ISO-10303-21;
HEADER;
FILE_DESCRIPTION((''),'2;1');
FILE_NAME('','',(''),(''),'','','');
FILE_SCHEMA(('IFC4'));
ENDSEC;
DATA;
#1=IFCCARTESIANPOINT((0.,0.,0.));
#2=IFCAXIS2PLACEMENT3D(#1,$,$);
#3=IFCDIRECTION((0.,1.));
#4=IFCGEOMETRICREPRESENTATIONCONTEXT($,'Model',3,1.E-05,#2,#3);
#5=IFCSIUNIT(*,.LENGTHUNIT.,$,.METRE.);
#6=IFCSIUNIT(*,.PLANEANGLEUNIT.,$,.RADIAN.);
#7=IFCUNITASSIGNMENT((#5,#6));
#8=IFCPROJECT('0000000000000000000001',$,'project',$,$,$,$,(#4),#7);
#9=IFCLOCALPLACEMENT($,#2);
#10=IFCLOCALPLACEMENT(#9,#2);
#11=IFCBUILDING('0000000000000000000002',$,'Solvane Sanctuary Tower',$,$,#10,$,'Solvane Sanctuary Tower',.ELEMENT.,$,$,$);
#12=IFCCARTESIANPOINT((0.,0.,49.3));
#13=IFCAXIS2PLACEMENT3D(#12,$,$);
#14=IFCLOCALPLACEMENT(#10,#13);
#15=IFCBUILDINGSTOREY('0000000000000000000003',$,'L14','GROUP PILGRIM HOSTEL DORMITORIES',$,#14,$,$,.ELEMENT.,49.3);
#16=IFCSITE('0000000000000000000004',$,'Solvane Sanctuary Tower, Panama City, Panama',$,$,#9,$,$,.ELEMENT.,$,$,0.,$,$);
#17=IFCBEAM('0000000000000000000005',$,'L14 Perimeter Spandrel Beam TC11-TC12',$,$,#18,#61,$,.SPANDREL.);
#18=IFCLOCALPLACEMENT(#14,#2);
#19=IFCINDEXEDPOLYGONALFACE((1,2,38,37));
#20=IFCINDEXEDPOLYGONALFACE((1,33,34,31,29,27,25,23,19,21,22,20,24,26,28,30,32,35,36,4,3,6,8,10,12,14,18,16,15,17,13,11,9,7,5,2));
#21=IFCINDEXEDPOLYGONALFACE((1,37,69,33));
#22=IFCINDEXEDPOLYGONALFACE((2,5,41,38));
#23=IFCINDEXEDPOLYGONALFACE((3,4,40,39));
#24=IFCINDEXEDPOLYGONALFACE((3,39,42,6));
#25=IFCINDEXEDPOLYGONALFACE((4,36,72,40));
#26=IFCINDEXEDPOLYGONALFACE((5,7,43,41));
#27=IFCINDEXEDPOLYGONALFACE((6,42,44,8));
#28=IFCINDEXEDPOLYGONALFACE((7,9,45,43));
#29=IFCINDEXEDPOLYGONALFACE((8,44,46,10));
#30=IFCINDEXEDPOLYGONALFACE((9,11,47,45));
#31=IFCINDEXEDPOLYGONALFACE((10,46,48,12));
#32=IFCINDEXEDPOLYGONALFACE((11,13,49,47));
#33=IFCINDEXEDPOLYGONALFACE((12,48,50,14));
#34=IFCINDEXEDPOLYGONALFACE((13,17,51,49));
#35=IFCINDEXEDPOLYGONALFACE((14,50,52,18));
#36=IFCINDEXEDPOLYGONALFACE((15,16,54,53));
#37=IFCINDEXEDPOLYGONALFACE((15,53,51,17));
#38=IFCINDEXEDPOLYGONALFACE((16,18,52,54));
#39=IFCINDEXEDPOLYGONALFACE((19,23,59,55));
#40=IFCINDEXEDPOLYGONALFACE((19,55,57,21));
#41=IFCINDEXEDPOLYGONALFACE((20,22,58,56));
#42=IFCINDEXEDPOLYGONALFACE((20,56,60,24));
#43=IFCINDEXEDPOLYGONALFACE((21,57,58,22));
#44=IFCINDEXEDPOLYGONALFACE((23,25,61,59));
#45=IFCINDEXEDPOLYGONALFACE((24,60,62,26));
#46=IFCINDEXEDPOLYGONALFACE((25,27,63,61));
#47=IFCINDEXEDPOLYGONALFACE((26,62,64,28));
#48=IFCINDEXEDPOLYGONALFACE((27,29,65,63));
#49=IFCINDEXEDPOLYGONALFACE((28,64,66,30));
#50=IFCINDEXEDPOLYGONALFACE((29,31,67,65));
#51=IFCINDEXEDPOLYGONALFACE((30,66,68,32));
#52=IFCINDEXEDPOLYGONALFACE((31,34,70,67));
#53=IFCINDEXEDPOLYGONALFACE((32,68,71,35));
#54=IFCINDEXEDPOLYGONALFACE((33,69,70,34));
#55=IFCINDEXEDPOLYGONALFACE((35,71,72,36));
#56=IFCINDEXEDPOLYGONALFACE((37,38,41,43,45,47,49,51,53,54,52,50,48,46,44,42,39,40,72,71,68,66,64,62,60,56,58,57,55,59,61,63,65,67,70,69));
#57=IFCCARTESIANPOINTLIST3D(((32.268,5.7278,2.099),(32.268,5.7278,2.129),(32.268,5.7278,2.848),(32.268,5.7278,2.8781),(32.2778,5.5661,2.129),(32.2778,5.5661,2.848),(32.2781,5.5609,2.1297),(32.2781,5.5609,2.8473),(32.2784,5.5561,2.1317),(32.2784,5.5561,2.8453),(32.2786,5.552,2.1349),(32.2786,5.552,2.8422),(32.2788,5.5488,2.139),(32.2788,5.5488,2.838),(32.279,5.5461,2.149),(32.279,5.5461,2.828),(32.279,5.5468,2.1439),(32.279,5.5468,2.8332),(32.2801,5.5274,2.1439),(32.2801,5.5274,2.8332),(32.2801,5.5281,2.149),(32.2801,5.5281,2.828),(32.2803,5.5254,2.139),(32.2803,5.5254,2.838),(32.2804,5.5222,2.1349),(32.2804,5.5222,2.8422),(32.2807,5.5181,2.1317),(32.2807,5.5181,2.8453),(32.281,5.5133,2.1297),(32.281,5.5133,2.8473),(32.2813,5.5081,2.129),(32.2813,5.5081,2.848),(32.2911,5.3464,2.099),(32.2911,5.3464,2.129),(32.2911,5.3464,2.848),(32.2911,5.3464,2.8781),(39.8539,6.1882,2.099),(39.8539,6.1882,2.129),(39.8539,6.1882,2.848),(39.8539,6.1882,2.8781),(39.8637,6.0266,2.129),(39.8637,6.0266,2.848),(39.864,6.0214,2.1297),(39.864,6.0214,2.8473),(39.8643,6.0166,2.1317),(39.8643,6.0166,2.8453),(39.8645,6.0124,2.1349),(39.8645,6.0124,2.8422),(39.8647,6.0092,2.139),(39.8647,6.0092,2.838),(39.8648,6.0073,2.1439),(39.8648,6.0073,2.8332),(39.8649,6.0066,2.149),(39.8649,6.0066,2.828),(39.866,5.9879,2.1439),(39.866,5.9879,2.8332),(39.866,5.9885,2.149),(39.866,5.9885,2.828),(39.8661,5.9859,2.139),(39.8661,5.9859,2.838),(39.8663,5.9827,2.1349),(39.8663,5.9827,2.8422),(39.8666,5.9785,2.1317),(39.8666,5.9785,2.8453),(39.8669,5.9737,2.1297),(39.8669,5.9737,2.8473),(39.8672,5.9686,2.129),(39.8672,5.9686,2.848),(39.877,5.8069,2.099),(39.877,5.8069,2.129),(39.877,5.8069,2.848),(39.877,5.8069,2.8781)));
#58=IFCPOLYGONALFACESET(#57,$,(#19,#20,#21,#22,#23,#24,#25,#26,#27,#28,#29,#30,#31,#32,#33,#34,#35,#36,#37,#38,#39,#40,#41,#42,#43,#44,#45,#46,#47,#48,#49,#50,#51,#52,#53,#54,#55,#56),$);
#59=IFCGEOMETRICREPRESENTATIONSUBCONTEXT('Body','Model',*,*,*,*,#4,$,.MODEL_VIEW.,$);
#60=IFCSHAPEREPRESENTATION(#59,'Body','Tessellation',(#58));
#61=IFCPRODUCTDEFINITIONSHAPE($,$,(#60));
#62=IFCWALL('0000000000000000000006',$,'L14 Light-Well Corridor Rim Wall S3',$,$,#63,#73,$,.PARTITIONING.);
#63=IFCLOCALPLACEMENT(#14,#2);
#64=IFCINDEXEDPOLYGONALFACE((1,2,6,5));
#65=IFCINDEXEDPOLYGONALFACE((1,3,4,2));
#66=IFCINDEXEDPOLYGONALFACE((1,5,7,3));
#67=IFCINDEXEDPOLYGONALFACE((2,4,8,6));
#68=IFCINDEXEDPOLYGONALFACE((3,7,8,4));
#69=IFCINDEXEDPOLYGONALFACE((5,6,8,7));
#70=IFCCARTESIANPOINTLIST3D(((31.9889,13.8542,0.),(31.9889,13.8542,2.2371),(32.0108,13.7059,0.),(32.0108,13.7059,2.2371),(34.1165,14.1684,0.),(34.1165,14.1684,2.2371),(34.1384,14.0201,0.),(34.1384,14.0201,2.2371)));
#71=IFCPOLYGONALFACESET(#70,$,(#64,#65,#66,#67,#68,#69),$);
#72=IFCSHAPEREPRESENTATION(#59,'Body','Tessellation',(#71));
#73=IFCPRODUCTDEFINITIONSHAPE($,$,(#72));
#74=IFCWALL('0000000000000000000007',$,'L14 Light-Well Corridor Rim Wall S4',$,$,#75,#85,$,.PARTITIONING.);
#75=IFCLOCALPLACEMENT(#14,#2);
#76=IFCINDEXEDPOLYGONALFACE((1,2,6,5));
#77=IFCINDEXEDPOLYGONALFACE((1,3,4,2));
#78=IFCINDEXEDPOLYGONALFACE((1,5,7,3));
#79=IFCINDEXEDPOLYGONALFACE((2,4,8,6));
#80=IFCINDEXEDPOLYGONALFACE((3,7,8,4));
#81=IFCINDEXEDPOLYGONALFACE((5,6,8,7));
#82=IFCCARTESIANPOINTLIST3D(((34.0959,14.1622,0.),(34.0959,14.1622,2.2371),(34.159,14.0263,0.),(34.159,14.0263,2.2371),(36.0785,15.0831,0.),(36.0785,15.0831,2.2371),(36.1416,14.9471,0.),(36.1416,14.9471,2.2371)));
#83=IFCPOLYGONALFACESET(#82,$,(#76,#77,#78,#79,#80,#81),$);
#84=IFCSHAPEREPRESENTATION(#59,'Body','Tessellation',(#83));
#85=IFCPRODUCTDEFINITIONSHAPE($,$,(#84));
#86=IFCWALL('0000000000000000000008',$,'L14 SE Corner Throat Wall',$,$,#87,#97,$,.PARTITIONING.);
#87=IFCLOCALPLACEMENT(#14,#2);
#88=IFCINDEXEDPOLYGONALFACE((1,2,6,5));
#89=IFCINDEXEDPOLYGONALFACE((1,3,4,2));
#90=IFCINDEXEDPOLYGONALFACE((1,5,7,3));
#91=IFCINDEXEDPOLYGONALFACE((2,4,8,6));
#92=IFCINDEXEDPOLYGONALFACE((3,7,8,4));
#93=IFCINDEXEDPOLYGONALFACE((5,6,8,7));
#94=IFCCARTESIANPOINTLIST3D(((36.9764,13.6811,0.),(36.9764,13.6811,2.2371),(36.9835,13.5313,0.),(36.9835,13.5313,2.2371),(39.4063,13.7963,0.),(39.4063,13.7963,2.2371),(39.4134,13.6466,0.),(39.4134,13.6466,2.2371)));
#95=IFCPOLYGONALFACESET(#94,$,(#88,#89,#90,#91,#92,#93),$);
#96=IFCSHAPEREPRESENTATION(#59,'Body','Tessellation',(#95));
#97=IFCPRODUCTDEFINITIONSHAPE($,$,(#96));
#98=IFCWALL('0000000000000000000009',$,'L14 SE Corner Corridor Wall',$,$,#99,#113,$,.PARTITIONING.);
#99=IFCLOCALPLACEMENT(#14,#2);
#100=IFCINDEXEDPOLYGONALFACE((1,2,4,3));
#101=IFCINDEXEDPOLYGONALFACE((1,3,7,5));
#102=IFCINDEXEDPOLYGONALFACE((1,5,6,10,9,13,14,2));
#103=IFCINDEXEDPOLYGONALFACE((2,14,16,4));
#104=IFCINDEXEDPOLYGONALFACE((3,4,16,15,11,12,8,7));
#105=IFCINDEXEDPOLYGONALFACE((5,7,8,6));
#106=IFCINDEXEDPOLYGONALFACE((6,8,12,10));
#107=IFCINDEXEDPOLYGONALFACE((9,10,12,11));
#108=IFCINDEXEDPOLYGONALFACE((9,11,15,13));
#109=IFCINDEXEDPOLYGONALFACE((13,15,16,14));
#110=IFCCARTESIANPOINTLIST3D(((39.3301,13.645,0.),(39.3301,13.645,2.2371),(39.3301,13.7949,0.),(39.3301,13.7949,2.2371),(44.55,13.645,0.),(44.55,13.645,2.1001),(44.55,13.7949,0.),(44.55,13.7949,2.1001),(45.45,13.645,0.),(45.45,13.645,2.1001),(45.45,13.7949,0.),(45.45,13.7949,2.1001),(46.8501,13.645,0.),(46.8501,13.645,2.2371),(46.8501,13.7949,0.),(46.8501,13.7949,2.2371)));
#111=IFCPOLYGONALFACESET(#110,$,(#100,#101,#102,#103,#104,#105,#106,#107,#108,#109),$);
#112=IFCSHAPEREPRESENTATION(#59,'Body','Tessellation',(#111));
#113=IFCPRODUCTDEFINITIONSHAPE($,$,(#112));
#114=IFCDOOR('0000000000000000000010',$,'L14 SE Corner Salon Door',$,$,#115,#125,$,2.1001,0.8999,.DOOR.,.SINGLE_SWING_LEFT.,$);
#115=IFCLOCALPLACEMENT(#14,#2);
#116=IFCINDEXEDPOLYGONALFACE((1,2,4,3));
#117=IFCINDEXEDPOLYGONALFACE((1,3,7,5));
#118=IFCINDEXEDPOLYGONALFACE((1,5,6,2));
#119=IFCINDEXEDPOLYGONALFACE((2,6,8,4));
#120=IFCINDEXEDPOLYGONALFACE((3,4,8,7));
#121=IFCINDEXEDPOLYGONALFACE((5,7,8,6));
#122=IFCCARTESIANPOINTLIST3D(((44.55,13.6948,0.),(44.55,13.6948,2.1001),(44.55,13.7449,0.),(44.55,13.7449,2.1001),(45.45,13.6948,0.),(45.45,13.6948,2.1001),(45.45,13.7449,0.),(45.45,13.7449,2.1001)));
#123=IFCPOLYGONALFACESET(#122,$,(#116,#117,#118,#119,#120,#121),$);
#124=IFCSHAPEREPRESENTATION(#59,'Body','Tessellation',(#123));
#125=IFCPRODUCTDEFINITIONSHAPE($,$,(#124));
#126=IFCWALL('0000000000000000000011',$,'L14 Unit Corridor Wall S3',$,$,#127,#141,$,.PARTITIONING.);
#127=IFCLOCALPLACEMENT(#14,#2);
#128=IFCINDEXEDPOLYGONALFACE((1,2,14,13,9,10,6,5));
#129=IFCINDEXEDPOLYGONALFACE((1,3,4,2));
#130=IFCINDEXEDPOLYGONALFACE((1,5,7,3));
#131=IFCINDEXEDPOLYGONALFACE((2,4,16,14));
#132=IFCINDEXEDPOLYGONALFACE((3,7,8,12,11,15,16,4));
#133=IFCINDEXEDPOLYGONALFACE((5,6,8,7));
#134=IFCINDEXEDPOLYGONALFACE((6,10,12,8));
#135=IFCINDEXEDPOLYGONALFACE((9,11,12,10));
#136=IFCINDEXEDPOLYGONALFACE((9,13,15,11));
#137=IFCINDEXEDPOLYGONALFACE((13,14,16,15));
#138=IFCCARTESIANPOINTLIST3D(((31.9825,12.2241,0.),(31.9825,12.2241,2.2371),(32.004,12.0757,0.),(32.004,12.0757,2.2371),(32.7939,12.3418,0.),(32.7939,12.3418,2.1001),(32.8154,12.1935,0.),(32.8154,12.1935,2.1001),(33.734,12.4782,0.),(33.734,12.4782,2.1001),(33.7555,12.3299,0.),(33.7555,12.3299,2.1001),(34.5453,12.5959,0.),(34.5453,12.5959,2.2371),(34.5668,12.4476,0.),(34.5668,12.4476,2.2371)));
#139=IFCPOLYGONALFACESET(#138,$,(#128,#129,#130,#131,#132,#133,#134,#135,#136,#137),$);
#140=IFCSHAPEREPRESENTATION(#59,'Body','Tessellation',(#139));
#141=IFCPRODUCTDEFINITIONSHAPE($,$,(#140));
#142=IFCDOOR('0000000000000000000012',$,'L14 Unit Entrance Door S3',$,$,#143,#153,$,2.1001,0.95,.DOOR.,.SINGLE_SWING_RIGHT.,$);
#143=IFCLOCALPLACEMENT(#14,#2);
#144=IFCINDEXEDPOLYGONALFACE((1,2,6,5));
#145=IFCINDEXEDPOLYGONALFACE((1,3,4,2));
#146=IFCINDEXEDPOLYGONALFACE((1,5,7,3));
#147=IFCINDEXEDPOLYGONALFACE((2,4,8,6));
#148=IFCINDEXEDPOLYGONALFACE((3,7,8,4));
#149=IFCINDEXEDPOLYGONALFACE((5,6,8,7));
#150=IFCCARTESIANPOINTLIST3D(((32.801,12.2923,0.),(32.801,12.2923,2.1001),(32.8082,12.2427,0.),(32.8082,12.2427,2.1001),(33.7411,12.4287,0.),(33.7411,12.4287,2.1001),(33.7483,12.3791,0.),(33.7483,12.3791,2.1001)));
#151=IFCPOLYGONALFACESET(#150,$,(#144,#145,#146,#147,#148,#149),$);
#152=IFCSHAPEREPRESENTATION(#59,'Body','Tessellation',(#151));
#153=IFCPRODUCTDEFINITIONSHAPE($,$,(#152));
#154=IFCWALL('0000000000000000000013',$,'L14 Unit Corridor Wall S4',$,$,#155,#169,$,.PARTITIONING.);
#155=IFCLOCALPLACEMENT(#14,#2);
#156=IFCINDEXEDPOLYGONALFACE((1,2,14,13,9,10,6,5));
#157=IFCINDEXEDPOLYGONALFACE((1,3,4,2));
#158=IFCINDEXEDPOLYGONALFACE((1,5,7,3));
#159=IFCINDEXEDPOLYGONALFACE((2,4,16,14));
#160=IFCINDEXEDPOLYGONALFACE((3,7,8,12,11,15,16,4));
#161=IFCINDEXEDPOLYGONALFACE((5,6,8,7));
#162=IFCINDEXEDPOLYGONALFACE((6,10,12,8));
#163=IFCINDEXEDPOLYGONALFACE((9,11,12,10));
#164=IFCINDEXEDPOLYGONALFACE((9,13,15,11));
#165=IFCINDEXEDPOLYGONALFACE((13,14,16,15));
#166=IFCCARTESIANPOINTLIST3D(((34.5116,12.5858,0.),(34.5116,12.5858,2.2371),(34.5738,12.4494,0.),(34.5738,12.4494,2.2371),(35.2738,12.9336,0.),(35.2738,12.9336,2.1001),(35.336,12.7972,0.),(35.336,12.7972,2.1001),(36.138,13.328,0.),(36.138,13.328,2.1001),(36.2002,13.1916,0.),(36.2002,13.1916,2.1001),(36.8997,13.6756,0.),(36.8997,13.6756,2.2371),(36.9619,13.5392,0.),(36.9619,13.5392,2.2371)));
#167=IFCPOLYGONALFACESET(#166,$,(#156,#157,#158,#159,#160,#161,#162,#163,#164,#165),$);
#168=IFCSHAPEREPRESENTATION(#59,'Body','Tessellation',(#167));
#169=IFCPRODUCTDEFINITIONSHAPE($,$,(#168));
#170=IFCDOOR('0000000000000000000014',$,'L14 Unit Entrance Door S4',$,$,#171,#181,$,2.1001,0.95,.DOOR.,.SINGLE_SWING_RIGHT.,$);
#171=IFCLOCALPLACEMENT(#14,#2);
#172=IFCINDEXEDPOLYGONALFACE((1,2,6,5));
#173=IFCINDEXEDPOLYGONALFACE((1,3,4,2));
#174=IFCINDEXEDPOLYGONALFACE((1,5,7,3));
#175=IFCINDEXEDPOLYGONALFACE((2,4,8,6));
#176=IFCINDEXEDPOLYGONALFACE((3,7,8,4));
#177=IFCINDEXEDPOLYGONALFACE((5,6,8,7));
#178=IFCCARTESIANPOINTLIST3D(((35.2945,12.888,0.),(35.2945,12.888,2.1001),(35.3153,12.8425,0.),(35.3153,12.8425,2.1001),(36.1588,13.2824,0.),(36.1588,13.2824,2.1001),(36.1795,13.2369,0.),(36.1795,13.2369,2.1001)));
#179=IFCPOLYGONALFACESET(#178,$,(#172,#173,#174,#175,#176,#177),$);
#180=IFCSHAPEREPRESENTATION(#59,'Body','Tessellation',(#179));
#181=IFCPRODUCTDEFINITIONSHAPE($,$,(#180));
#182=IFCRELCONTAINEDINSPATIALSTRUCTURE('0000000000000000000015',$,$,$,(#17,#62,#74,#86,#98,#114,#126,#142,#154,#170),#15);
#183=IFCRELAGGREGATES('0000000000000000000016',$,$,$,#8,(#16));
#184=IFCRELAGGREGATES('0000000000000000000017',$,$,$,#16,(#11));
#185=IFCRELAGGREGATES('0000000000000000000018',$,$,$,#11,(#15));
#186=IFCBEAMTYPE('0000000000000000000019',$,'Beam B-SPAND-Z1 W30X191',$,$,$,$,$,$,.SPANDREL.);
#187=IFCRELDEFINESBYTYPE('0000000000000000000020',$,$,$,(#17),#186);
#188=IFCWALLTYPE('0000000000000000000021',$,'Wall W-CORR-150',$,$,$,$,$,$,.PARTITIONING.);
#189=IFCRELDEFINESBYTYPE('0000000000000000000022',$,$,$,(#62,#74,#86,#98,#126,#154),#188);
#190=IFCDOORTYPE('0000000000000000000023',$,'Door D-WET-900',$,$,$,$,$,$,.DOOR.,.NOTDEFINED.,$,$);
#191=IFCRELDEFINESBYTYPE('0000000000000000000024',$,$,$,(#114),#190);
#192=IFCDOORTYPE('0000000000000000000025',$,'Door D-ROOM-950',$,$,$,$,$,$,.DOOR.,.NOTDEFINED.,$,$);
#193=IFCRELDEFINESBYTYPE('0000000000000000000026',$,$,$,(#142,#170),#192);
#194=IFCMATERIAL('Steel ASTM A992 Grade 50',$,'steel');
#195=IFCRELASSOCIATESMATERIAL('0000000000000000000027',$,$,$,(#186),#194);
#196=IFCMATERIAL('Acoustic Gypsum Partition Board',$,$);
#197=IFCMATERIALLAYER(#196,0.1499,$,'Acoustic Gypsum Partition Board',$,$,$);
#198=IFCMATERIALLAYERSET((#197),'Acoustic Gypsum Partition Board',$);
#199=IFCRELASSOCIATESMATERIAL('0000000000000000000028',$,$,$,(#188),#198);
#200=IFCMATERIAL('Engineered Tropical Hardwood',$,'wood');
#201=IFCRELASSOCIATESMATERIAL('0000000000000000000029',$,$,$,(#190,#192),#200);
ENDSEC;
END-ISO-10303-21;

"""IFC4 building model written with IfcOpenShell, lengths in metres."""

from ifc_helpers import new_model, si_unit, direction, frame, frame_2d, origin, origin_2d, place, context, subcontext, project, spatial, rectangle, i_section, extrude, material, layer, layer_set, material_profile, profile_set, type_object, element, fill, save


model = new_model("IFC4")

# Units and contexts
model_context = context("Model", 3, precision=1e-05, world=origin(), true_north=direction((0.0, 1.0)))
body_context = subcontext(model_context, "Body", "Model", "MODEL_VIEW")
ifc_project = project(units=[si_unit("LENGTHUNIT", "METRE"), si_unit("PLANEANGLEUNIT", "RADIAN")], contexts=[model_context])

# Site, building, storey
site_placement = place(None, origin())
site = spatial("IfcSite", under=ifc_project, at=site_placement, Name="Solvane Sanctuary Tower, Panama City, Panama", CompositionType="ELEMENT", RefElevation=0.0)
building_placement = place(site_placement, origin())
building = spatial("IfcBuilding", under=site, at=building_placement, Name="Solvane Sanctuary Tower", LongName="Solvane Sanctuary Tower", CompositionType="ELEMENT")
storey_placement = place(building_placement, frame((0.0, 0.0, 49.3)))
storey = spatial("IfcBuildingStorey", under=building, at=storey_placement, Name="L14", Description="GROUP PILGRIM HOSTEL DORMITORIES", CompositionType="ELEMENT", Elevation=49.3)

# Beam
ifc_material_1 = material(Name="Steel ASTM A992 Grade 50", Category="steel")
ifc_material_profile_1 = material_profile(ifc_material_1, i_section(OverallWidth=0.3821, OverallDepth=0.7791, WebThickness=0.0181, FlangeThickness=0.03, FilletRadius=0.02, at=origin_2d()), Name="W30X191")
ifc_profile_set_1 = profile_set([ifc_material_profile_1], Name="Steel ASTM A992 Grade 50")
beam_type_1 = type_object("IfcBeamType", Name="Beam B-SPAND-Z1 W30X191", PredefinedType="SPANDREL", material=ifc_profile_set_1)
beam_1_placement = place(storey_placement, frame((32.2795, 5.5371, 2.4885), z_axis=(0.998163, 0.060586, 0.0), x_axis=(-0.060586, 0.998163, 0.0)))
element("IfcBeam", 1, at=beam_1_placement, inside=storey, type_object=beam_type_1, Name="L14 Perimeter Spandrel Beam TC11-TC12", PredefinedType="SPANDREL", context=body_context, shape_type="SweptSolid", body=[
    extrude(i_section(OverallWidth=0.3821, OverallDepth=0.7791, WebThickness=0.0181, FlangeThickness=0.03, FilletRadius=0.02, at=origin_2d()), origin(), (0.0, 0.0, 1.0), 7.5999),
])

# Walls
ifc_material_2 = material(Name="Acoustic Gypsum Partition Board")
ifc_layer_1 = layer(ifc_material_2, 0.1499, Name="Acoustic Gypsum Partition Board")
ifc_layer_set_1 = layer_set([ifc_layer_1], Name="Acoustic Gypsum Partition Board")
wall_type_1 = type_object("IfcWallType", Name="Wall W-CORR-150", PredefinedType="PARTITIONING", material=ifc_layer_set_1)
wall_1_placement = place(storey_placement, frame((32.0, 13.78, 0.0), z_axis=(0.0, 0.0, 1.0), x_axis=(0.989269, 0.146108, 0.0)))
element("IfcWall", 2, at=wall_1_placement, inside=storey, type_object=wall_type_1, Name="L14 Light-Well Corridor Rim Wall S3", PredefinedType="PARTITIONING", context=body_context, shape_type="SweptSolid", body=[
    extrude(rectangle(XDim=2.1506, YDim=0.1499, at=frame_2d((1.0752, 0.0))), origin(), (0.0, 0.0, 1.0), 2.2371),
])
wall_2_placement = place(storey_placement, frame((34.1274, 14.0942, 0.0), z_axis=(0.0, 0.0, 1.0), x_axis=(0.906943, 0.421252, 0.0)))
element("IfcWall", 3, at=wall_2_placement, inside=storey, type_object=wall_type_1, Name="L14 Light-Well Corridor Rim Wall S4", PredefinedType="PARTITIONING", context=body_context, shape_type="SweptSolid", body=[
    extrude(rectangle(XDim=2.186, YDim=0.1499, at=frame_2d((1.093, 0.0))), origin(), (0.0, 0.0, 1.0), 2.2371),
])
wall_3_placement = place(storey_placement, frame((36.98, 13.6062, 0.0), z_axis=(0.0, 0.0, 1.0), x_axis=(0.998877, 0.04737, 0.0)))
element("IfcWall", 4, at=wall_3_placement, inside=storey, type_object=wall_type_1, Name="L14 SE Corner Throat Wall", PredefinedType="PARTITIONING", context=body_context, shape_type="SweptSolid", body=[
    extrude(rectangle(XDim=2.4326, YDim=0.1499, at=frame_2d((1.2163, 0.0))), origin(), (0.0, 0.0, 1.0), 2.2371),
])

# Walls, openings, doors
wall_4_placement = place(storey_placement, frame((39.3301, 13.72, 0.0), z_axis=(0.0, 0.0, 1.0), x_axis=(1.0, 0.0, 0.0)))
wall_4 = element("IfcWall", 5, at=wall_4_placement, inside=storey, type_object=wall_type_1, Name="L14 SE Corner Corridor Wall", PredefinedType="PARTITIONING", context=body_context, shape_type="SweptSolid", body=[
    extrude(rectangle(XDim=7.52, YDim=0.1499, at=frame_2d((3.76, 0.0))), origin(), (0.0, 0.0, 1.0), 2.2371),
])
opening_1_placement = place(wall_4_placement, frame((5.22, 0.0, 0.0)))
opening_1 = element("IfcOpeningElement", 6, at=opening_1_placement, cuts=wall_4, PredefinedType="OPENING", context=body_context, shape_type="SweptSolid", body=[
    extrude(rectangle(XDim=0.8999, YDim=2.1001, at=frame_2d((0.45, 1.05))), frame((0.0, 0.085, 0.0), z_axis=(0.0, -1.0, 0.0), x_axis=(1.0, 0.0, 0.0)), (0.0, 0.0, 1.0), 0.1699),
])
ifc_material_3 = material(Name="Engineered Tropical Hardwood", Category="wood")
door_type_1 = type_object("IfcDoorType", Name="Door D-WET-900", OperationType="NOTDEFINED", PredefinedType="DOOR", material=ifc_material_3)
door_1_placement = place(opening_1_placement, origin())
door_1 = element("IfcDoor", 7, at=door_1_placement, inside=storey, type_object=door_type_1, Name="L14 SE Corner Salon Door", OperationType="SINGLE_SWING_LEFT", OverallHeight=2.1001, OverallWidth=0.8999, PredefinedType="DOOR", context=body_context, shape_type="SweptSolid", body=[
    extrude(rectangle(XDim=0.8999, YDim=2.1001, at=frame_2d((0.45, 1.05))), frame((0.0, 0.0249, 0.0), z_axis=(0.0, -1.0, 0.0), x_axis=(1.0, 0.0, 0.0)), (0.0, 0.0, 1.0), 0.05),
])
fill(opening_1, door_1)
wall_5_placement = place(storey_placement, frame((31.9932, 12.1499, 0.0), z_axis=(0.0, 0.0, 1.0), x_axis=(0.989638, 0.143586, 0.0)))
wall_5 = element("IfcWall", 8, at=wall_5_placement, inside=storey, type_object=wall_type_1, Name="L14 Unit Corridor Wall S3", PredefinedType="PARTITIONING", context=body_context, shape_type="SweptSolid", body=[
    extrude(rectangle(XDim=2.5896, YDim=0.1499, at=frame_2d((1.2949, 0.0))), origin(), (0.0, 0.0, 1.0), 2.2371),
])
opening_2_placement = place(wall_5_placement, frame((0.8198, 0.0, 0.0)))
opening_2 = element("IfcOpeningElement", 9, at=opening_2_placement, cuts=wall_5, PredefinedType="OPENING", context=body_context, shape_type="SweptSolid", body=[
    extrude(rectangle(XDim=0.95, YDim=2.1001, at=frame_2d((0.4751, 1.05))), frame((0.0, 0.085, 0.0), z_axis=(0.0, -1.0, 0.0), x_axis=(1.0, 0.0, 0.0)), (0.0, 0.0, 1.0), 0.1699),
])
door_type_2 = type_object("IfcDoorType", Name="Door D-ROOM-950", OperationType="NOTDEFINED", PredefinedType="DOOR", material=ifc_material_3)
door_2_placement = place(opening_2_placement, origin())
door_2 = element("IfcDoor", 10, at=door_2_placement, inside=storey, type_object=door_type_2, Name="L14 Unit Entrance Door S3", OperationType="SINGLE_SWING_RIGHT", OverallHeight=2.1001, OverallWidth=0.95, PredefinedType="DOOR", context=body_context, shape_type="SweptSolid", body=[
    extrude(rectangle(XDim=0.95, YDim=2.1001, at=frame_2d((0.4751, 1.05))), frame((0.0, 0.0249, 0.0), z_axis=(0.0, -1.0, 0.0), x_axis=(1.0, 0.0, 0.0)), (0.0, 0.0, 1.0), 0.05),
])
fill(opening_2, door_2)
wall_6_placement = place(storey_placement, frame((34.5427, 12.5176, 0.0), z_axis=(0.0, 0.0, 1.0), x_axis=(0.909748, 0.415162, 0.0)))
wall_6 = element("IfcWall", 11, at=wall_6_placement, inside=storey, type_object=wall_type_1, Name="L14 Unit Corridor Wall S4", PredefinedType="PARTITIONING", context=body_context, shape_type="SweptSolid", body=[
    extrude(rectangle(XDim=2.625, YDim=0.1499, at=frame_2d((1.3125, 0.0))), origin(), (0.0, 0.0, 1.0), 2.2371),
])
opening_3_placement = place(wall_6_placement, frame((0.8376, 0.0, 0.0)))
opening_3 = element("IfcOpeningElement", 12, at=opening_3_placement, cuts=wall_6, PredefinedType="OPENING", context=body_context, shape_type="SweptSolid", body=[
    extrude(rectangle(XDim=0.95, YDim=2.1001, at=frame_2d((0.4751, 1.05))), frame((0.0, 0.085, 0.0), z_axis=(0.0, -1.0, 0.0), x_axis=(1.0, 0.0, 0.0)), (0.0, 0.0, 1.0), 0.1699),
])
door_3_placement = place(opening_3_placement, origin())
door_3 = element("IfcDoor", 13, at=door_3_placement, inside=storey, type_object=door_type_2, Name="L14 Unit Entrance Door S4", OperationType="SINGLE_SWING_RIGHT", OverallHeight=2.1001, OverallWidth=0.95, PredefinedType="DOOR", context=body_context, shape_type="SweptSolid", body=[
    extrude(rectangle(XDim=0.95, YDim=2.1001, at=frame_2d((0.4751, 1.05))), frame((0.0, 0.0249, 0.0), z_axis=(0.0, -1.0, 0.0), x_axis=(1.0, 0.0, 0.0)), (0.0, 0.0, 1.0), 0.05),
])
fill(opening_3, door_3)

save(model, "model.ifc")
